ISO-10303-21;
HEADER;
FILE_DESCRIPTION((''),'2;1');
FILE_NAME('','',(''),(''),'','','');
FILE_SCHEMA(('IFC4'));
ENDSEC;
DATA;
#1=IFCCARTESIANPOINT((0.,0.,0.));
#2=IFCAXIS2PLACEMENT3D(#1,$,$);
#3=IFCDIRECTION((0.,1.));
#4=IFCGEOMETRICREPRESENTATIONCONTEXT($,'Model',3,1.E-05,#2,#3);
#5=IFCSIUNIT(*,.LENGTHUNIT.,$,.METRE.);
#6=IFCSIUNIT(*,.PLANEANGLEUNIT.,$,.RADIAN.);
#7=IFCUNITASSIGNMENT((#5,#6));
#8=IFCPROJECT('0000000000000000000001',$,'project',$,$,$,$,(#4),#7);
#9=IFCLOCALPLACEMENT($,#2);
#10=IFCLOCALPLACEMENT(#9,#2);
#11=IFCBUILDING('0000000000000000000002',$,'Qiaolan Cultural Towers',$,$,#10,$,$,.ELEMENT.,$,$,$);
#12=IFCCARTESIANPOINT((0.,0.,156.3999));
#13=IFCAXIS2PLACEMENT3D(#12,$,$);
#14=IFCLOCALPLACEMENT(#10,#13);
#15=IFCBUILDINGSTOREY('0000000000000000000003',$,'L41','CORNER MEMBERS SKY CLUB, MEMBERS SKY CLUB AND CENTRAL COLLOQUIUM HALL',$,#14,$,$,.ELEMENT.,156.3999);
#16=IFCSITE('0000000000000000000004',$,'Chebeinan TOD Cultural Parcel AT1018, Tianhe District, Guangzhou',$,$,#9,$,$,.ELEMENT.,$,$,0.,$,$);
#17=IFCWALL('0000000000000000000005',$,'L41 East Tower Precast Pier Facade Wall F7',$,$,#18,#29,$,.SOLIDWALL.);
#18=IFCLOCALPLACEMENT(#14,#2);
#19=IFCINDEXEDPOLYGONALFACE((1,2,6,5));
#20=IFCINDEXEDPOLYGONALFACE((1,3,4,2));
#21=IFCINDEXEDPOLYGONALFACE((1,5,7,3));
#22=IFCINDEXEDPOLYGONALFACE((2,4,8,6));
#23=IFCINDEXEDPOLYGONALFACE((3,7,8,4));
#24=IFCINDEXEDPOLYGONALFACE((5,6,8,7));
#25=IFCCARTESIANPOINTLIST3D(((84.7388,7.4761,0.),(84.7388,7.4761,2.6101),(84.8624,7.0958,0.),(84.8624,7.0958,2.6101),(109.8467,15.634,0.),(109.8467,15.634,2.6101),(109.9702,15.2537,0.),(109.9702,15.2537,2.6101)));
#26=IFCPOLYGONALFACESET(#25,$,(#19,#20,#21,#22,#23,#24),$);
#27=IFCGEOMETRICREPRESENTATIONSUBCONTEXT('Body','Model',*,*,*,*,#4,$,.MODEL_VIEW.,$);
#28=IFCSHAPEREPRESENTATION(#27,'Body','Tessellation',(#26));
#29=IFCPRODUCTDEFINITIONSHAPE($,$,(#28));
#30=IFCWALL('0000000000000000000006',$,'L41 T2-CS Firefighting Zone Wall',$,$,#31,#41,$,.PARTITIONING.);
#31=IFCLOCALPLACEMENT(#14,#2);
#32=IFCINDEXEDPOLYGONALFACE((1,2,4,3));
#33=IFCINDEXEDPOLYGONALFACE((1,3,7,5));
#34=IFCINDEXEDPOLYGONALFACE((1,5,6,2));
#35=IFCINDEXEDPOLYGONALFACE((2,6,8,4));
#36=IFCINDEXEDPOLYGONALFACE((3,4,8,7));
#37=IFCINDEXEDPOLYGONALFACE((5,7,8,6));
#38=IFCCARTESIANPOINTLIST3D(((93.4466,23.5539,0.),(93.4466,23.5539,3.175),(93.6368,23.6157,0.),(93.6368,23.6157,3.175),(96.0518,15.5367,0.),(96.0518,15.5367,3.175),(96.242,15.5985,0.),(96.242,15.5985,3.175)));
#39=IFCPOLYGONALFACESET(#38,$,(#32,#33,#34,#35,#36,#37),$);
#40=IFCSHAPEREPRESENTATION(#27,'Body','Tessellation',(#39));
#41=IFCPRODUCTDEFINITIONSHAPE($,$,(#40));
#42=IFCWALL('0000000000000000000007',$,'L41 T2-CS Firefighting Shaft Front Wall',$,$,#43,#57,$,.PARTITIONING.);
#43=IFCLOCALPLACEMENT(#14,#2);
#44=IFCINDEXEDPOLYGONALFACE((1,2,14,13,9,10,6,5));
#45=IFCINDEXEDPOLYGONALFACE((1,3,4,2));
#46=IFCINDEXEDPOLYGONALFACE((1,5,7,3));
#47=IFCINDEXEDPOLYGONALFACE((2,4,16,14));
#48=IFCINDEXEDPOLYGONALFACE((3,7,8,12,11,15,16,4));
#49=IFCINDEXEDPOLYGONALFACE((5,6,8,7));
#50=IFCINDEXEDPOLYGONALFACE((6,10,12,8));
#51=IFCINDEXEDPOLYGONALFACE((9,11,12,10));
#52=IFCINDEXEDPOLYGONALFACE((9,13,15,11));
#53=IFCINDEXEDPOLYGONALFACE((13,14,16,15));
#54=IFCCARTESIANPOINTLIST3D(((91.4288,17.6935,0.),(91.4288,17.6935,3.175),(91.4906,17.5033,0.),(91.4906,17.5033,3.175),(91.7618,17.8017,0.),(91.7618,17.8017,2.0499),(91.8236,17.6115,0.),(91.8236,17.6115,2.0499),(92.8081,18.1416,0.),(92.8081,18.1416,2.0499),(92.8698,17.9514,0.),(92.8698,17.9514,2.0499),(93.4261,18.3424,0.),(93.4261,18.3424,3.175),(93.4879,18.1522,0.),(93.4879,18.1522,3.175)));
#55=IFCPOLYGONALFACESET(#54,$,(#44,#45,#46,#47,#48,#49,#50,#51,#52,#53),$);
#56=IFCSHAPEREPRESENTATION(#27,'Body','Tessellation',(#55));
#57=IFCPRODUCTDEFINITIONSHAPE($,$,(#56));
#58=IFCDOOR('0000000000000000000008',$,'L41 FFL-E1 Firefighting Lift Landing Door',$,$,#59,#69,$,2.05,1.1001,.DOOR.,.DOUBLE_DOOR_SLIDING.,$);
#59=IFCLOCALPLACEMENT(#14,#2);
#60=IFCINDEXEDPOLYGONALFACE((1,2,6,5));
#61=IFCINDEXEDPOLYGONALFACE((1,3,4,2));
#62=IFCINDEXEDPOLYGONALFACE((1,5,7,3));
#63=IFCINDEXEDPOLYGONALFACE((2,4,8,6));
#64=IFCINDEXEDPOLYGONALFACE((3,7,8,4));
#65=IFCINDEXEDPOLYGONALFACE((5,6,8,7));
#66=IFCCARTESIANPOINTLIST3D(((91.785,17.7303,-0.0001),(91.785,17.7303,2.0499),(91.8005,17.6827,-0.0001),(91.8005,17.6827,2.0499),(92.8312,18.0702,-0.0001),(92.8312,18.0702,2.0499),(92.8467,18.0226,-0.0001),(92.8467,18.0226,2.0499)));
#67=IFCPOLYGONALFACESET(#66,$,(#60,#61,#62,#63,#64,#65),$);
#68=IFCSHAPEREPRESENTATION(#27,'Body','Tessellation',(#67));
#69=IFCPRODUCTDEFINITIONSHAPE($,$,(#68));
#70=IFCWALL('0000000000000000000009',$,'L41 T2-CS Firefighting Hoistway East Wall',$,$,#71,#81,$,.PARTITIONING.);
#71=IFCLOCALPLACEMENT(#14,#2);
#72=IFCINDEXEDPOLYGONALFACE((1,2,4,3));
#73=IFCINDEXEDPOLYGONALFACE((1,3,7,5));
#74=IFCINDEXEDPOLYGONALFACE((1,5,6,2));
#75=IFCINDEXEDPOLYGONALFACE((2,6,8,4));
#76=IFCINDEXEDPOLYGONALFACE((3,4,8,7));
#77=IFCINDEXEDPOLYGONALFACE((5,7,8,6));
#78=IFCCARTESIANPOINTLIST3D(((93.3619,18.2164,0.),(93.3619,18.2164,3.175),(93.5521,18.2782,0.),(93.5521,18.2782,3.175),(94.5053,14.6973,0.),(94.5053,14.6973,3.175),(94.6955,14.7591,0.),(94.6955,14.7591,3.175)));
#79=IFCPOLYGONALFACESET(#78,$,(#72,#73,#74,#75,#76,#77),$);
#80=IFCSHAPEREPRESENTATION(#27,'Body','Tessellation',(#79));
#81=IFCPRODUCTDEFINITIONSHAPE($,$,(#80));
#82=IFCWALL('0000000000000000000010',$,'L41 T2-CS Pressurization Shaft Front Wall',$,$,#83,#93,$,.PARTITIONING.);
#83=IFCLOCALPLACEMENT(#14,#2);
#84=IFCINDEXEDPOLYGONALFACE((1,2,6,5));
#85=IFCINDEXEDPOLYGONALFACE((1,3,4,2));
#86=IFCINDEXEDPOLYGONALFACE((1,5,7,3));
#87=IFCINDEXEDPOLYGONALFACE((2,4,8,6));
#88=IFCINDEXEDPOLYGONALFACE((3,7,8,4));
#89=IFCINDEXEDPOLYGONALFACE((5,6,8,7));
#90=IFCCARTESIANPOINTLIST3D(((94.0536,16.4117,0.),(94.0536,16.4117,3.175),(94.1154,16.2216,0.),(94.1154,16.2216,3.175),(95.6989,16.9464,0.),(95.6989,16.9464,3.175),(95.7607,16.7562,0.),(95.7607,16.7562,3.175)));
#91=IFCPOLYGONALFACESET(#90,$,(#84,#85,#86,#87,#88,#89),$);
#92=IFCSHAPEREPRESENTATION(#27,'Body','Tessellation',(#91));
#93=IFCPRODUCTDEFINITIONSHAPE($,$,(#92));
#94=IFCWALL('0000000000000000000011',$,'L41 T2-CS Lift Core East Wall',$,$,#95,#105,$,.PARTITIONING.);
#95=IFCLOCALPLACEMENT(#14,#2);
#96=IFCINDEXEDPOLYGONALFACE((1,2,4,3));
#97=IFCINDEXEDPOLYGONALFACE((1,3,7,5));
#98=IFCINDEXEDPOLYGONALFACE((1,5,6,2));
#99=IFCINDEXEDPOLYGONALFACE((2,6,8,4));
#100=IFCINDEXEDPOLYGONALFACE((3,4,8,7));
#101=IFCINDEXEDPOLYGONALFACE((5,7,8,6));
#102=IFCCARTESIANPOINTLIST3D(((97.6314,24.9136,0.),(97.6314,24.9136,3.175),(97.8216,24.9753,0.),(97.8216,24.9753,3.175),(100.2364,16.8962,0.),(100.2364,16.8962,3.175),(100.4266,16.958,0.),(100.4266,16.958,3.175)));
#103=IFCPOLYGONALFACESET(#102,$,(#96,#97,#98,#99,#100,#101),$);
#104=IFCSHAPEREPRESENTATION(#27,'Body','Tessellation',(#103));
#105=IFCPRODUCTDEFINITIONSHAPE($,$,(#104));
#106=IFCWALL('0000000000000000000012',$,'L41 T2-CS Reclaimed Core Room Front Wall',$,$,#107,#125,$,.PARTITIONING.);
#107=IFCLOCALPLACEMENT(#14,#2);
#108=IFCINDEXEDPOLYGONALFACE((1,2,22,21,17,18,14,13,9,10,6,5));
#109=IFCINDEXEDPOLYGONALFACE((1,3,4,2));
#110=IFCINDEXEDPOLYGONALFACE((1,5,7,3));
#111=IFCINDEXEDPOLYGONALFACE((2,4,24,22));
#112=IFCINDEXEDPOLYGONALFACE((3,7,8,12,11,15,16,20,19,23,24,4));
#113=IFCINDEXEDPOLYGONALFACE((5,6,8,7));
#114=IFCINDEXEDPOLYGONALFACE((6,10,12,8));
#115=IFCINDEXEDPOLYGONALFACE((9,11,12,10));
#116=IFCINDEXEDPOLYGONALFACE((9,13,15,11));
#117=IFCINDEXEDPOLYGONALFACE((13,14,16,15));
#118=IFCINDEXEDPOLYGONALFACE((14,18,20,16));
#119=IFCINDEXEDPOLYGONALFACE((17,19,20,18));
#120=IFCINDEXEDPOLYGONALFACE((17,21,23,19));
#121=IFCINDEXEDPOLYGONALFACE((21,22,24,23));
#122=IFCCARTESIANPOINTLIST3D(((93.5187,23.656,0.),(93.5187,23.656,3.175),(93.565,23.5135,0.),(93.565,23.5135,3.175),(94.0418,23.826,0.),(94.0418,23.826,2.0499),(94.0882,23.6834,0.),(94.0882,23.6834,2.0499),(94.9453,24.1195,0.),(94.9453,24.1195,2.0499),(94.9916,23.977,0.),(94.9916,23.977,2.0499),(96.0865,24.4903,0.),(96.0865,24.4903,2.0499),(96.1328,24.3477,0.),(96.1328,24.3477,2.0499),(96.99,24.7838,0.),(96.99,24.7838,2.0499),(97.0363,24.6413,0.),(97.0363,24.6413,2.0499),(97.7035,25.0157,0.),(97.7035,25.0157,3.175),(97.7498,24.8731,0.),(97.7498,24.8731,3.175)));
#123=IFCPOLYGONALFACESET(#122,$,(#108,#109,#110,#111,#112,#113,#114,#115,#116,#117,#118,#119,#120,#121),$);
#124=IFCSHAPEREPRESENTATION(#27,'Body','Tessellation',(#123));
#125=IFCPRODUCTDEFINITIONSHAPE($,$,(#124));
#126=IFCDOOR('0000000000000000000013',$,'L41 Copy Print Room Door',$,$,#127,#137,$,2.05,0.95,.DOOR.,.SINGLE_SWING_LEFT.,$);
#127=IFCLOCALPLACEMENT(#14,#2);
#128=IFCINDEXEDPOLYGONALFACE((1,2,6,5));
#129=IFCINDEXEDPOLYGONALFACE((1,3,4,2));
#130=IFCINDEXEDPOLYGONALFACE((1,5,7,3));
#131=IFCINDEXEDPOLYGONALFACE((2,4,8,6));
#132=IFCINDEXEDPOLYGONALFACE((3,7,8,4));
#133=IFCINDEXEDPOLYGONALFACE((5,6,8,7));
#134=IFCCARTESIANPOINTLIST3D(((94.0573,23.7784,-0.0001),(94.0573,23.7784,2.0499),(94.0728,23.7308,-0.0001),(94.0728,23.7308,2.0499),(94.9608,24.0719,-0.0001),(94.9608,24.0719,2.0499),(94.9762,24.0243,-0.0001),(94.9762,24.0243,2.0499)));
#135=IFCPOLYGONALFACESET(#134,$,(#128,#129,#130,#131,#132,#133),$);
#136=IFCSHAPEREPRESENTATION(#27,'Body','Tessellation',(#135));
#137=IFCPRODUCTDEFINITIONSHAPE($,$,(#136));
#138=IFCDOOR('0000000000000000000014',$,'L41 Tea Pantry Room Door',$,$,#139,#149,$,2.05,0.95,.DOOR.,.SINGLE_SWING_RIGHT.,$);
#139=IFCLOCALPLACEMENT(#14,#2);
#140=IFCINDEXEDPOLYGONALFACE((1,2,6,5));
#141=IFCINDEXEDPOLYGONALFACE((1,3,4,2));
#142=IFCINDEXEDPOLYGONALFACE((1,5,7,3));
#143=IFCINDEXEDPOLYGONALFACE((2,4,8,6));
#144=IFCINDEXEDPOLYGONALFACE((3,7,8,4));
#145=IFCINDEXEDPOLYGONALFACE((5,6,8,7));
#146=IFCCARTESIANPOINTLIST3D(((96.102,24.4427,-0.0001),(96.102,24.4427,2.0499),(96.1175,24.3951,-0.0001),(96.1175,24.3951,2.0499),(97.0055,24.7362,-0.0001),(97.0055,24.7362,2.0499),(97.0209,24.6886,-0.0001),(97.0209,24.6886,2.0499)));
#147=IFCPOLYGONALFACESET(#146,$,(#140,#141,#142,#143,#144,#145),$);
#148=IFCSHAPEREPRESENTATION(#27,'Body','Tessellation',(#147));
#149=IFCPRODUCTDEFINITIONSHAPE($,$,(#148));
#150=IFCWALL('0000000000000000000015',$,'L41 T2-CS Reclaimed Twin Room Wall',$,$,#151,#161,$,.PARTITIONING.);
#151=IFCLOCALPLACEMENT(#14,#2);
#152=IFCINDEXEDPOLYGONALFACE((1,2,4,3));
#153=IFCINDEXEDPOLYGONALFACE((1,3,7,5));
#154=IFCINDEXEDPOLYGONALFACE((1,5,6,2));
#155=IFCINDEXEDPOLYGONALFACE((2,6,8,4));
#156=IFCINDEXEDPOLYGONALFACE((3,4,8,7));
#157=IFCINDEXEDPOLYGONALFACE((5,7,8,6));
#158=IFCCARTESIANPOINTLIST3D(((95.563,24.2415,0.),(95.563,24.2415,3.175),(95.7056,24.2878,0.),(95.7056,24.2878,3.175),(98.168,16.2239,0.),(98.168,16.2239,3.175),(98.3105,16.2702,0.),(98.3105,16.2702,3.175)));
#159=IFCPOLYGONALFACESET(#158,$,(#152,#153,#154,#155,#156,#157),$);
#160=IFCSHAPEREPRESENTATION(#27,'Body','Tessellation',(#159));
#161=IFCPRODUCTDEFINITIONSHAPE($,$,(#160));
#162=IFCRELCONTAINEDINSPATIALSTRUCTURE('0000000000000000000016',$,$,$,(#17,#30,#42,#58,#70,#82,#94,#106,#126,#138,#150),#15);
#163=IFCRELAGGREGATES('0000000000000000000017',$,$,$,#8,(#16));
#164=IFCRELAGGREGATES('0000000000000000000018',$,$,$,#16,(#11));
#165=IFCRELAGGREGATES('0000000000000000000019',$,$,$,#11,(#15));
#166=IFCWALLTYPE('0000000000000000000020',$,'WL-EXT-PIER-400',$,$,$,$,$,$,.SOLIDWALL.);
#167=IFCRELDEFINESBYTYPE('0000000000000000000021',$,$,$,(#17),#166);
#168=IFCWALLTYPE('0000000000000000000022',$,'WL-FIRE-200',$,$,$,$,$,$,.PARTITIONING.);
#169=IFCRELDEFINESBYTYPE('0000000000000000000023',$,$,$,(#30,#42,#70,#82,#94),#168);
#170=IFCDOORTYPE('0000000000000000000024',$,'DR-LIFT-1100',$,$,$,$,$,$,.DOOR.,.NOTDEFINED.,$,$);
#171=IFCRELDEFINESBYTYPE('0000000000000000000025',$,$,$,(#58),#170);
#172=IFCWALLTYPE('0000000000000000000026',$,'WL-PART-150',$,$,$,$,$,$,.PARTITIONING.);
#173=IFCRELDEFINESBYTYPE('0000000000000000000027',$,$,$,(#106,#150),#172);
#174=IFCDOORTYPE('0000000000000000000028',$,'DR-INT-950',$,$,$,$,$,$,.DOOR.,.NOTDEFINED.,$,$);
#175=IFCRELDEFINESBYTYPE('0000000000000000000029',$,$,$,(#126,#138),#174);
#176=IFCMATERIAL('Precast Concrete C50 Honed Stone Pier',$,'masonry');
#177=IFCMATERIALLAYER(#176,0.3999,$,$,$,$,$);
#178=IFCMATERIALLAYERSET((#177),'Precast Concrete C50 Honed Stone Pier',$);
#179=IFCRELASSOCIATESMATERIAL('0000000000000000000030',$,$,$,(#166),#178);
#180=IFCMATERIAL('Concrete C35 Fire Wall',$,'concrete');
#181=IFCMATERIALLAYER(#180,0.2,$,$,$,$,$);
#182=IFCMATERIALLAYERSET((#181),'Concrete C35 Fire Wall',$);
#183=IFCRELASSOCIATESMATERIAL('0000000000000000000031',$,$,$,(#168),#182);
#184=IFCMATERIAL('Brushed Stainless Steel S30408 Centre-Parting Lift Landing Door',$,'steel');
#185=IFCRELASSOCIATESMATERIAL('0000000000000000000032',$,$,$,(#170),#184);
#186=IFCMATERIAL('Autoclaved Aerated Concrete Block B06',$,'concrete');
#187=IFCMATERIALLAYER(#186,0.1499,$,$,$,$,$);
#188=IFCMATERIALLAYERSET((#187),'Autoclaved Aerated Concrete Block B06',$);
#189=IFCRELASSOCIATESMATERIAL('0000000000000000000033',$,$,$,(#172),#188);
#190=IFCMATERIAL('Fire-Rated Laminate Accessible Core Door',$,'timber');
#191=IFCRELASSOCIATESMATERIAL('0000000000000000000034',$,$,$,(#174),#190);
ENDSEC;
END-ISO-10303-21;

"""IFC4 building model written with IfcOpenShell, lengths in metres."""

from ifc_helpers import new_model, si_unit, direction, frame, frame_2d, origin, place, context, subcontext, project, spatial, rectangle, extrude, material, layer, layer_set, type_object, element, fill, save


model = new_model("IFC4")

# Units and contexts
model_context = context("Model", 3, precision=1e-05, world=origin(), true_north=direction((0.0, 1.0)))
body_context = subcontext(model_context, "Body", "Model", "MODEL_VIEW")
ifc_project = project(units=[si_unit("LENGTHUNIT", "METRE"), si_unit("PLANEANGLEUNIT", "RADIAN")], contexts=[model_context])

# Site, building, storey
site_placement = place(None, origin())
site = spatial("IfcSite", under=ifc_project, at=site_placement, Name="Chebeinan TOD Cultural Parcel AT1018, Tianhe District, Guangzhou", CompositionType="ELEMENT", RefElevation=0.0)
building_placement = place(site_placement, origin())
building = spatial("IfcBuilding", under=site, at=building_placement, Name="Qiaolan Cultural Towers", CompositionType="ELEMENT")
storey_placement = place(building_placement, frame((0.0, 0.0, 156.3999)))
storey = spatial("IfcBuildingStorey", under=building, at=storey_placement, Name="L41", Description="CORNER MEMBERS SKY CLUB, MEMBERS SKY CLUB AND CENTRAL COLLOQUIUM HALL", CompositionType="ELEMENT", Elevation=156.3999)

# Walls
ifc_material_1 = material(Name="Precast Concrete C50 Honed Stone Pier", Category="masonry")
ifc_layer_1 = layer(ifc_material_1, 0.3999)
ifc_layer_set_1 = layer_set([ifc_layer_1], Name="Precast Concrete C50 Honed Stone Pier")
wall_type_1 = type_object("IfcWallType", Name="WL-EXT-PIER-400", PredefinedType="SOLIDWALL", material=ifc_layer_set_1)
wall_1_placement = place(storey_placement, frame((109.9084, 15.4438, 0.0), z_axis=(0.0, 0.0, 1.0), x_axis=(-0.951058, -0.309014, 0.0)))
element("IfcWall", 1, at=wall_1_placement, inside=storey, type_object=wall_type_1, Name="L41 East Tower Precast Pier Facade Wall F7", PredefinedType="SOLIDWALL", context=body_context, shape_type="SweptSolid", body=[
    extrude(rectangle(XDim=26.3999, YDim=0.3999, at=frame_2d((13.2, 0.0))), origin(), (0.0, 0.0, 1.0), 2.6101),
])
ifc_material_2 = material(Name="Concrete C35 Fire Wall", Category="concrete")
ifc_layer_2 = layer(ifc_material_2, 0.2)
ifc_layer_set_2 = layer_set([ifc_layer_2], Name="Concrete C35 Fire Wall")
wall_type_2 = type_object("IfcWallType", Name="WL-FIRE-200", PredefinedType="PARTITIONING", material=ifc_layer_set_2)
wall_2_placement = place(storey_placement, frame((93.5417, 23.5847, 0.0), z_axis=(0.0, 0.0, 1.0), x_axis=(0.309042, -0.951048, 0.0)))
element("IfcWall", 2, at=wall_2_placement, inside=storey, type_object=wall_type_2, Name="L41 T2-CS Firefighting Zone Wall", PredefinedType="PARTITIONING", context=body_context, shape_type="SweptSolid", body=[
    extrude(rectangle(XDim=8.4299, YDim=0.2, at=frame_2d((4.2148, 0.0))), origin(), (0.0, 0.0, 1.0), 3.175),
])

# Wall, opening, door
wall_3_placement = place(storey_placement, frame((91.4597, 17.5984, 0.0), z_axis=(0.0, 0.0, 1.0), x_axis=(0.951062, 0.308999, 0.0)))
wall_3 = element("IfcWall", 3, at=wall_3_placement, inside=storey, type_object=wall_type_2, Name="L41 T2-CS Firefighting Shaft Front Wall", PredefinedType="PARTITIONING", context=body_context, shape_type="SweptSolid", body=[
    extrude(rectangle(XDim=2.1001, YDim=0.2, at=frame_2d((1.05, 0.0))), origin(), (0.0, 0.0, 1.0), 3.175),
])
opening_1_placement = place(wall_3_placement, frame((0.3501, 0.0, 0.0)))
opening_1 = element("IfcOpeningElement", 4, at=opening_1_placement, cuts=wall_3, PredefinedType="OPENING", context=body_context, shape_type="SweptSolid", body=[
    extrude(rectangle(XDim=1.1001, YDim=2.05, at=frame_2d((0.55, 1.0249))), frame((0.0, 0.1099, 0.0), z_axis=(0.0, -1.0, 0.0), x_axis=(1.0, 0.0, 0.0)), (0.0, 0.0, 1.0), 0.22),
])
ifc_material_3 = material(Name="Brushed Stainless Steel S30408 Centre-Parting Lift Landing Door", Category="steel")
door_type_1 = type_object("IfcDoorType", Name="DR-LIFT-1100", OperationType="NOTDEFINED", PredefinedType="DOOR", material=ifc_material_3)
door_1_placement = place(opening_1_placement, origin())
door_1 = element("IfcDoor", 5, at=door_1_placement, inside=storey, type_object=door_type_1, Name="L41 FFL-E1 Firefighting Lift Landing Door", OperationType="DOUBLE_DOOR_SLIDING", OverallHeight=2.05, OverallWidth=1.1001, PredefinedType="DOOR", context=body_context, shape_type="SweptSolid", body=[
    extrude(rectangle(XDim=1.1001, YDim=2.05, at=frame_2d((0.55, 1.0249))), frame((0.0, 0.0249, 0.0), z_axis=(0.0, -1.0, 0.0), x_axis=(1.0, 0.0, 0.0)), (0.0, 0.0, 1.0), 0.05),
])
fill(opening_1, door_1)

# Walls
wall_4_placement = place(storey_placement, frame((93.457, 18.2473, 0.0), z_axis=(0.0, 0.0, 1.0), x_axis=(0.308994, -0.951064, 0.0)))
element("IfcWall", 6, at=wall_4_placement, inside=storey, type_object=wall_type_2, Name="L41 T2-CS Firefighting Hoistway East Wall", PredefinedType="PARTITIONING", context=body_context, shape_type="SweptSolid", body=[
    extrude(rectangle(XDim=3.7002, YDim=0.2, at=frame_2d((1.8501, 0.0))), origin(), (0.0, 0.0, 1.0), 3.175),
])
wall_5_placement = place(storey_placement, frame((94.0845, 16.3167, 0.0), z_axis=(0.0, 0.0, 1.0), x_axis=(0.951041, 0.309064, 0.0)))
element("IfcWall", 7, at=wall_5_placement, inside=storey, type_object=wall_type_2, Name="L41 T2-CS Pressurization Shaft Front Wall", PredefinedType="PARTITIONING", context=body_context, shape_type="SweptSolid", body=[
    extrude(rectangle(XDim=1.73, YDim=0.2, at=frame_2d((0.865, 0.0))), origin(), (0.0, 0.0, 1.0), 3.175),
])
wall_6_placement = place(storey_placement, frame((97.7266, 24.9443, 0.0), z_axis=(0.0, 0.0, 1.0), x_axis=(0.309016, -0.951057, 0.0)))
element("IfcWall", 8, at=wall_6_placement, inside=storey, type_object=wall_type_2, Name="L41 T2-CS Lift Core East Wall", PredefinedType="PARTITIONING", context=body_context, shape_type="SweptSolid", body=[
    extrude(rectangle(XDim=8.4299, YDim=0.2, at=frame_2d((4.2148, 0.0))), origin(), (0.0, 0.0, 1.0), 3.175),
])

# Wall, openings, doors
ifc_material_4 = material(Name="Autoclaved Aerated Concrete Block B06", Category="concrete")
ifc_layer_3 = layer(ifc_material_4, 0.1499)
ifc_layer_set_3 = layer_set([ifc_layer_3], Name="Autoclaved Aerated Concrete Block B06")
wall_type_3 = type_object("IfcWallType", Name="WL-PART-150", PredefinedType="PARTITIONING", material=ifc_layer_set_3)
wall_7_placement = place(storey_placement, frame((93.5417, 23.5847, 0.0), z_axis=(0.0, 0.0, 1.0), x_axis=(0.951064, 0.308994, 0.0)))
wall_7 = element("IfcWall", 9, at=wall_7_placement, inside=storey, type_object=wall_type_3, Name="L41 T2-CS Reclaimed Core Room Front Wall", PredefinedType="PARTITIONING", context=body_context, shape_type="SweptSolid", body=[
    extrude(rectangle(XDim=4.4001, YDim=0.1499, at=frame_2d((2.2002, 0.0))), origin(), (0.0, 0.0, 1.0), 3.175),
])
opening_2_placement = place(wall_7_placement, frame((0.55, 0.0, 0.0)))
opening_2 = element("IfcOpeningElement", 10, at=opening_2_placement, cuts=wall_7, PredefinedType="OPENING", context=body_context, shape_type="SweptSolid", body=[
    extrude(rectangle(XDim=0.95, YDim=2.05, at=frame_2d((0.4751, 1.0249))), frame((0.0, 0.085, 0.0), z_axis=(0.0, -1.0, 0.0), x_axis=(1.0, 0.0, 0.0)), (0.0, 0.0, 1.0), 0.1699),
])
opening_3_placement = place(wall_7_placement, frame((2.7, 0.0, 0.0)))
opening_3 = element("IfcOpeningElement", 11, at=opening_3_placement, cuts=wall_7, PredefinedType="OPENING", context=body_context, shape_type="SweptSolid", body=[
    extrude(rectangle(XDim=0.95, YDim=2.05, at=frame_2d((0.4751, 1.0249))), frame((0.0, 0.085, 0.0), z_axis=(0.0, -1.0, 0.0), x_axis=(1.0, 0.0, 0.0)), (0.0, 0.0, 1.0), 0.1699),
])
ifc_material_5 = material(Name="Fire-Rated Laminate Accessible Core Door", Category="timber")
door_type_2 = type_object("IfcDoorType", Name="DR-INT-950", OperationType="NOTDEFINED", PredefinedType="DOOR", material=ifc_material_5)
door_2_placement = place(opening_2_placement, origin())
door_2 = element("IfcDoor", 12, at=door_2_placement, inside=storey, type_object=door_type_2, Name="L41 Copy Print Room Door", OperationType="SINGLE_SWING_LEFT", OverallHeight=2.05, OverallWidth=0.95, PredefinedType="DOOR", context=body_context, shape_type="SweptSolid", body=[
    extrude(rectangle(XDim=0.95, YDim=2.05, at=frame_2d((0.4751, 1.0249))), frame((0.0, 0.0249, 0.0), z_axis=(0.0, -1.0, 0.0), x_axis=(1.0, 0.0, 0.0)), (0.0, 0.0, 1.0), 0.05),
])
fill(opening_2, door_2)
door_3_placement = place(opening_3_placement, origin())
door_3 = element("IfcDoor", 13, at=door_3_placement, inside=storey, type_object=door_type_2, Name="L41 Tea Pantry Room Door", OperationType="SINGLE_SWING_RIGHT", OverallHeight=2.05, OverallWidth=0.95, PredefinedType="DOOR", context=body_context, shape_type="SweptSolid", body=[
    extrude(rectangle(XDim=0.95, YDim=2.05, at=frame_2d((0.4751, 1.0249))), frame((0.0, 0.0249, 0.0), z_axis=(0.0, -1.0, 0.0), x_axis=(1.0, 0.0, 0.0)), (0.0, 0.0, 1.0), 0.05),
])
fill(opening_3, door_3)

# Wall
wall_8_placement = place(storey_placement, frame((95.6343, 24.2646, 0.0), z_axis=(0.0, 0.0, 1.0), x_axis=(0.309007, -0.95106, 0.0)))
element("IfcWall", 14, at=wall_8_placement, inside=storey, type_object=wall_type_3, Name="L41 T2-CS Reclaimed Twin Room Wall", PredefinedType="PARTITIONING", context=body_context, shape_type="SweptSolid", body=[
    extrude(rectangle(XDim=8.4302, YDim=0.1499, at=frame_2d((4.2151, 0.0))), origin(), (0.0, 0.0, 1.0), 3.175),
])

save(model, "model.ifc")
